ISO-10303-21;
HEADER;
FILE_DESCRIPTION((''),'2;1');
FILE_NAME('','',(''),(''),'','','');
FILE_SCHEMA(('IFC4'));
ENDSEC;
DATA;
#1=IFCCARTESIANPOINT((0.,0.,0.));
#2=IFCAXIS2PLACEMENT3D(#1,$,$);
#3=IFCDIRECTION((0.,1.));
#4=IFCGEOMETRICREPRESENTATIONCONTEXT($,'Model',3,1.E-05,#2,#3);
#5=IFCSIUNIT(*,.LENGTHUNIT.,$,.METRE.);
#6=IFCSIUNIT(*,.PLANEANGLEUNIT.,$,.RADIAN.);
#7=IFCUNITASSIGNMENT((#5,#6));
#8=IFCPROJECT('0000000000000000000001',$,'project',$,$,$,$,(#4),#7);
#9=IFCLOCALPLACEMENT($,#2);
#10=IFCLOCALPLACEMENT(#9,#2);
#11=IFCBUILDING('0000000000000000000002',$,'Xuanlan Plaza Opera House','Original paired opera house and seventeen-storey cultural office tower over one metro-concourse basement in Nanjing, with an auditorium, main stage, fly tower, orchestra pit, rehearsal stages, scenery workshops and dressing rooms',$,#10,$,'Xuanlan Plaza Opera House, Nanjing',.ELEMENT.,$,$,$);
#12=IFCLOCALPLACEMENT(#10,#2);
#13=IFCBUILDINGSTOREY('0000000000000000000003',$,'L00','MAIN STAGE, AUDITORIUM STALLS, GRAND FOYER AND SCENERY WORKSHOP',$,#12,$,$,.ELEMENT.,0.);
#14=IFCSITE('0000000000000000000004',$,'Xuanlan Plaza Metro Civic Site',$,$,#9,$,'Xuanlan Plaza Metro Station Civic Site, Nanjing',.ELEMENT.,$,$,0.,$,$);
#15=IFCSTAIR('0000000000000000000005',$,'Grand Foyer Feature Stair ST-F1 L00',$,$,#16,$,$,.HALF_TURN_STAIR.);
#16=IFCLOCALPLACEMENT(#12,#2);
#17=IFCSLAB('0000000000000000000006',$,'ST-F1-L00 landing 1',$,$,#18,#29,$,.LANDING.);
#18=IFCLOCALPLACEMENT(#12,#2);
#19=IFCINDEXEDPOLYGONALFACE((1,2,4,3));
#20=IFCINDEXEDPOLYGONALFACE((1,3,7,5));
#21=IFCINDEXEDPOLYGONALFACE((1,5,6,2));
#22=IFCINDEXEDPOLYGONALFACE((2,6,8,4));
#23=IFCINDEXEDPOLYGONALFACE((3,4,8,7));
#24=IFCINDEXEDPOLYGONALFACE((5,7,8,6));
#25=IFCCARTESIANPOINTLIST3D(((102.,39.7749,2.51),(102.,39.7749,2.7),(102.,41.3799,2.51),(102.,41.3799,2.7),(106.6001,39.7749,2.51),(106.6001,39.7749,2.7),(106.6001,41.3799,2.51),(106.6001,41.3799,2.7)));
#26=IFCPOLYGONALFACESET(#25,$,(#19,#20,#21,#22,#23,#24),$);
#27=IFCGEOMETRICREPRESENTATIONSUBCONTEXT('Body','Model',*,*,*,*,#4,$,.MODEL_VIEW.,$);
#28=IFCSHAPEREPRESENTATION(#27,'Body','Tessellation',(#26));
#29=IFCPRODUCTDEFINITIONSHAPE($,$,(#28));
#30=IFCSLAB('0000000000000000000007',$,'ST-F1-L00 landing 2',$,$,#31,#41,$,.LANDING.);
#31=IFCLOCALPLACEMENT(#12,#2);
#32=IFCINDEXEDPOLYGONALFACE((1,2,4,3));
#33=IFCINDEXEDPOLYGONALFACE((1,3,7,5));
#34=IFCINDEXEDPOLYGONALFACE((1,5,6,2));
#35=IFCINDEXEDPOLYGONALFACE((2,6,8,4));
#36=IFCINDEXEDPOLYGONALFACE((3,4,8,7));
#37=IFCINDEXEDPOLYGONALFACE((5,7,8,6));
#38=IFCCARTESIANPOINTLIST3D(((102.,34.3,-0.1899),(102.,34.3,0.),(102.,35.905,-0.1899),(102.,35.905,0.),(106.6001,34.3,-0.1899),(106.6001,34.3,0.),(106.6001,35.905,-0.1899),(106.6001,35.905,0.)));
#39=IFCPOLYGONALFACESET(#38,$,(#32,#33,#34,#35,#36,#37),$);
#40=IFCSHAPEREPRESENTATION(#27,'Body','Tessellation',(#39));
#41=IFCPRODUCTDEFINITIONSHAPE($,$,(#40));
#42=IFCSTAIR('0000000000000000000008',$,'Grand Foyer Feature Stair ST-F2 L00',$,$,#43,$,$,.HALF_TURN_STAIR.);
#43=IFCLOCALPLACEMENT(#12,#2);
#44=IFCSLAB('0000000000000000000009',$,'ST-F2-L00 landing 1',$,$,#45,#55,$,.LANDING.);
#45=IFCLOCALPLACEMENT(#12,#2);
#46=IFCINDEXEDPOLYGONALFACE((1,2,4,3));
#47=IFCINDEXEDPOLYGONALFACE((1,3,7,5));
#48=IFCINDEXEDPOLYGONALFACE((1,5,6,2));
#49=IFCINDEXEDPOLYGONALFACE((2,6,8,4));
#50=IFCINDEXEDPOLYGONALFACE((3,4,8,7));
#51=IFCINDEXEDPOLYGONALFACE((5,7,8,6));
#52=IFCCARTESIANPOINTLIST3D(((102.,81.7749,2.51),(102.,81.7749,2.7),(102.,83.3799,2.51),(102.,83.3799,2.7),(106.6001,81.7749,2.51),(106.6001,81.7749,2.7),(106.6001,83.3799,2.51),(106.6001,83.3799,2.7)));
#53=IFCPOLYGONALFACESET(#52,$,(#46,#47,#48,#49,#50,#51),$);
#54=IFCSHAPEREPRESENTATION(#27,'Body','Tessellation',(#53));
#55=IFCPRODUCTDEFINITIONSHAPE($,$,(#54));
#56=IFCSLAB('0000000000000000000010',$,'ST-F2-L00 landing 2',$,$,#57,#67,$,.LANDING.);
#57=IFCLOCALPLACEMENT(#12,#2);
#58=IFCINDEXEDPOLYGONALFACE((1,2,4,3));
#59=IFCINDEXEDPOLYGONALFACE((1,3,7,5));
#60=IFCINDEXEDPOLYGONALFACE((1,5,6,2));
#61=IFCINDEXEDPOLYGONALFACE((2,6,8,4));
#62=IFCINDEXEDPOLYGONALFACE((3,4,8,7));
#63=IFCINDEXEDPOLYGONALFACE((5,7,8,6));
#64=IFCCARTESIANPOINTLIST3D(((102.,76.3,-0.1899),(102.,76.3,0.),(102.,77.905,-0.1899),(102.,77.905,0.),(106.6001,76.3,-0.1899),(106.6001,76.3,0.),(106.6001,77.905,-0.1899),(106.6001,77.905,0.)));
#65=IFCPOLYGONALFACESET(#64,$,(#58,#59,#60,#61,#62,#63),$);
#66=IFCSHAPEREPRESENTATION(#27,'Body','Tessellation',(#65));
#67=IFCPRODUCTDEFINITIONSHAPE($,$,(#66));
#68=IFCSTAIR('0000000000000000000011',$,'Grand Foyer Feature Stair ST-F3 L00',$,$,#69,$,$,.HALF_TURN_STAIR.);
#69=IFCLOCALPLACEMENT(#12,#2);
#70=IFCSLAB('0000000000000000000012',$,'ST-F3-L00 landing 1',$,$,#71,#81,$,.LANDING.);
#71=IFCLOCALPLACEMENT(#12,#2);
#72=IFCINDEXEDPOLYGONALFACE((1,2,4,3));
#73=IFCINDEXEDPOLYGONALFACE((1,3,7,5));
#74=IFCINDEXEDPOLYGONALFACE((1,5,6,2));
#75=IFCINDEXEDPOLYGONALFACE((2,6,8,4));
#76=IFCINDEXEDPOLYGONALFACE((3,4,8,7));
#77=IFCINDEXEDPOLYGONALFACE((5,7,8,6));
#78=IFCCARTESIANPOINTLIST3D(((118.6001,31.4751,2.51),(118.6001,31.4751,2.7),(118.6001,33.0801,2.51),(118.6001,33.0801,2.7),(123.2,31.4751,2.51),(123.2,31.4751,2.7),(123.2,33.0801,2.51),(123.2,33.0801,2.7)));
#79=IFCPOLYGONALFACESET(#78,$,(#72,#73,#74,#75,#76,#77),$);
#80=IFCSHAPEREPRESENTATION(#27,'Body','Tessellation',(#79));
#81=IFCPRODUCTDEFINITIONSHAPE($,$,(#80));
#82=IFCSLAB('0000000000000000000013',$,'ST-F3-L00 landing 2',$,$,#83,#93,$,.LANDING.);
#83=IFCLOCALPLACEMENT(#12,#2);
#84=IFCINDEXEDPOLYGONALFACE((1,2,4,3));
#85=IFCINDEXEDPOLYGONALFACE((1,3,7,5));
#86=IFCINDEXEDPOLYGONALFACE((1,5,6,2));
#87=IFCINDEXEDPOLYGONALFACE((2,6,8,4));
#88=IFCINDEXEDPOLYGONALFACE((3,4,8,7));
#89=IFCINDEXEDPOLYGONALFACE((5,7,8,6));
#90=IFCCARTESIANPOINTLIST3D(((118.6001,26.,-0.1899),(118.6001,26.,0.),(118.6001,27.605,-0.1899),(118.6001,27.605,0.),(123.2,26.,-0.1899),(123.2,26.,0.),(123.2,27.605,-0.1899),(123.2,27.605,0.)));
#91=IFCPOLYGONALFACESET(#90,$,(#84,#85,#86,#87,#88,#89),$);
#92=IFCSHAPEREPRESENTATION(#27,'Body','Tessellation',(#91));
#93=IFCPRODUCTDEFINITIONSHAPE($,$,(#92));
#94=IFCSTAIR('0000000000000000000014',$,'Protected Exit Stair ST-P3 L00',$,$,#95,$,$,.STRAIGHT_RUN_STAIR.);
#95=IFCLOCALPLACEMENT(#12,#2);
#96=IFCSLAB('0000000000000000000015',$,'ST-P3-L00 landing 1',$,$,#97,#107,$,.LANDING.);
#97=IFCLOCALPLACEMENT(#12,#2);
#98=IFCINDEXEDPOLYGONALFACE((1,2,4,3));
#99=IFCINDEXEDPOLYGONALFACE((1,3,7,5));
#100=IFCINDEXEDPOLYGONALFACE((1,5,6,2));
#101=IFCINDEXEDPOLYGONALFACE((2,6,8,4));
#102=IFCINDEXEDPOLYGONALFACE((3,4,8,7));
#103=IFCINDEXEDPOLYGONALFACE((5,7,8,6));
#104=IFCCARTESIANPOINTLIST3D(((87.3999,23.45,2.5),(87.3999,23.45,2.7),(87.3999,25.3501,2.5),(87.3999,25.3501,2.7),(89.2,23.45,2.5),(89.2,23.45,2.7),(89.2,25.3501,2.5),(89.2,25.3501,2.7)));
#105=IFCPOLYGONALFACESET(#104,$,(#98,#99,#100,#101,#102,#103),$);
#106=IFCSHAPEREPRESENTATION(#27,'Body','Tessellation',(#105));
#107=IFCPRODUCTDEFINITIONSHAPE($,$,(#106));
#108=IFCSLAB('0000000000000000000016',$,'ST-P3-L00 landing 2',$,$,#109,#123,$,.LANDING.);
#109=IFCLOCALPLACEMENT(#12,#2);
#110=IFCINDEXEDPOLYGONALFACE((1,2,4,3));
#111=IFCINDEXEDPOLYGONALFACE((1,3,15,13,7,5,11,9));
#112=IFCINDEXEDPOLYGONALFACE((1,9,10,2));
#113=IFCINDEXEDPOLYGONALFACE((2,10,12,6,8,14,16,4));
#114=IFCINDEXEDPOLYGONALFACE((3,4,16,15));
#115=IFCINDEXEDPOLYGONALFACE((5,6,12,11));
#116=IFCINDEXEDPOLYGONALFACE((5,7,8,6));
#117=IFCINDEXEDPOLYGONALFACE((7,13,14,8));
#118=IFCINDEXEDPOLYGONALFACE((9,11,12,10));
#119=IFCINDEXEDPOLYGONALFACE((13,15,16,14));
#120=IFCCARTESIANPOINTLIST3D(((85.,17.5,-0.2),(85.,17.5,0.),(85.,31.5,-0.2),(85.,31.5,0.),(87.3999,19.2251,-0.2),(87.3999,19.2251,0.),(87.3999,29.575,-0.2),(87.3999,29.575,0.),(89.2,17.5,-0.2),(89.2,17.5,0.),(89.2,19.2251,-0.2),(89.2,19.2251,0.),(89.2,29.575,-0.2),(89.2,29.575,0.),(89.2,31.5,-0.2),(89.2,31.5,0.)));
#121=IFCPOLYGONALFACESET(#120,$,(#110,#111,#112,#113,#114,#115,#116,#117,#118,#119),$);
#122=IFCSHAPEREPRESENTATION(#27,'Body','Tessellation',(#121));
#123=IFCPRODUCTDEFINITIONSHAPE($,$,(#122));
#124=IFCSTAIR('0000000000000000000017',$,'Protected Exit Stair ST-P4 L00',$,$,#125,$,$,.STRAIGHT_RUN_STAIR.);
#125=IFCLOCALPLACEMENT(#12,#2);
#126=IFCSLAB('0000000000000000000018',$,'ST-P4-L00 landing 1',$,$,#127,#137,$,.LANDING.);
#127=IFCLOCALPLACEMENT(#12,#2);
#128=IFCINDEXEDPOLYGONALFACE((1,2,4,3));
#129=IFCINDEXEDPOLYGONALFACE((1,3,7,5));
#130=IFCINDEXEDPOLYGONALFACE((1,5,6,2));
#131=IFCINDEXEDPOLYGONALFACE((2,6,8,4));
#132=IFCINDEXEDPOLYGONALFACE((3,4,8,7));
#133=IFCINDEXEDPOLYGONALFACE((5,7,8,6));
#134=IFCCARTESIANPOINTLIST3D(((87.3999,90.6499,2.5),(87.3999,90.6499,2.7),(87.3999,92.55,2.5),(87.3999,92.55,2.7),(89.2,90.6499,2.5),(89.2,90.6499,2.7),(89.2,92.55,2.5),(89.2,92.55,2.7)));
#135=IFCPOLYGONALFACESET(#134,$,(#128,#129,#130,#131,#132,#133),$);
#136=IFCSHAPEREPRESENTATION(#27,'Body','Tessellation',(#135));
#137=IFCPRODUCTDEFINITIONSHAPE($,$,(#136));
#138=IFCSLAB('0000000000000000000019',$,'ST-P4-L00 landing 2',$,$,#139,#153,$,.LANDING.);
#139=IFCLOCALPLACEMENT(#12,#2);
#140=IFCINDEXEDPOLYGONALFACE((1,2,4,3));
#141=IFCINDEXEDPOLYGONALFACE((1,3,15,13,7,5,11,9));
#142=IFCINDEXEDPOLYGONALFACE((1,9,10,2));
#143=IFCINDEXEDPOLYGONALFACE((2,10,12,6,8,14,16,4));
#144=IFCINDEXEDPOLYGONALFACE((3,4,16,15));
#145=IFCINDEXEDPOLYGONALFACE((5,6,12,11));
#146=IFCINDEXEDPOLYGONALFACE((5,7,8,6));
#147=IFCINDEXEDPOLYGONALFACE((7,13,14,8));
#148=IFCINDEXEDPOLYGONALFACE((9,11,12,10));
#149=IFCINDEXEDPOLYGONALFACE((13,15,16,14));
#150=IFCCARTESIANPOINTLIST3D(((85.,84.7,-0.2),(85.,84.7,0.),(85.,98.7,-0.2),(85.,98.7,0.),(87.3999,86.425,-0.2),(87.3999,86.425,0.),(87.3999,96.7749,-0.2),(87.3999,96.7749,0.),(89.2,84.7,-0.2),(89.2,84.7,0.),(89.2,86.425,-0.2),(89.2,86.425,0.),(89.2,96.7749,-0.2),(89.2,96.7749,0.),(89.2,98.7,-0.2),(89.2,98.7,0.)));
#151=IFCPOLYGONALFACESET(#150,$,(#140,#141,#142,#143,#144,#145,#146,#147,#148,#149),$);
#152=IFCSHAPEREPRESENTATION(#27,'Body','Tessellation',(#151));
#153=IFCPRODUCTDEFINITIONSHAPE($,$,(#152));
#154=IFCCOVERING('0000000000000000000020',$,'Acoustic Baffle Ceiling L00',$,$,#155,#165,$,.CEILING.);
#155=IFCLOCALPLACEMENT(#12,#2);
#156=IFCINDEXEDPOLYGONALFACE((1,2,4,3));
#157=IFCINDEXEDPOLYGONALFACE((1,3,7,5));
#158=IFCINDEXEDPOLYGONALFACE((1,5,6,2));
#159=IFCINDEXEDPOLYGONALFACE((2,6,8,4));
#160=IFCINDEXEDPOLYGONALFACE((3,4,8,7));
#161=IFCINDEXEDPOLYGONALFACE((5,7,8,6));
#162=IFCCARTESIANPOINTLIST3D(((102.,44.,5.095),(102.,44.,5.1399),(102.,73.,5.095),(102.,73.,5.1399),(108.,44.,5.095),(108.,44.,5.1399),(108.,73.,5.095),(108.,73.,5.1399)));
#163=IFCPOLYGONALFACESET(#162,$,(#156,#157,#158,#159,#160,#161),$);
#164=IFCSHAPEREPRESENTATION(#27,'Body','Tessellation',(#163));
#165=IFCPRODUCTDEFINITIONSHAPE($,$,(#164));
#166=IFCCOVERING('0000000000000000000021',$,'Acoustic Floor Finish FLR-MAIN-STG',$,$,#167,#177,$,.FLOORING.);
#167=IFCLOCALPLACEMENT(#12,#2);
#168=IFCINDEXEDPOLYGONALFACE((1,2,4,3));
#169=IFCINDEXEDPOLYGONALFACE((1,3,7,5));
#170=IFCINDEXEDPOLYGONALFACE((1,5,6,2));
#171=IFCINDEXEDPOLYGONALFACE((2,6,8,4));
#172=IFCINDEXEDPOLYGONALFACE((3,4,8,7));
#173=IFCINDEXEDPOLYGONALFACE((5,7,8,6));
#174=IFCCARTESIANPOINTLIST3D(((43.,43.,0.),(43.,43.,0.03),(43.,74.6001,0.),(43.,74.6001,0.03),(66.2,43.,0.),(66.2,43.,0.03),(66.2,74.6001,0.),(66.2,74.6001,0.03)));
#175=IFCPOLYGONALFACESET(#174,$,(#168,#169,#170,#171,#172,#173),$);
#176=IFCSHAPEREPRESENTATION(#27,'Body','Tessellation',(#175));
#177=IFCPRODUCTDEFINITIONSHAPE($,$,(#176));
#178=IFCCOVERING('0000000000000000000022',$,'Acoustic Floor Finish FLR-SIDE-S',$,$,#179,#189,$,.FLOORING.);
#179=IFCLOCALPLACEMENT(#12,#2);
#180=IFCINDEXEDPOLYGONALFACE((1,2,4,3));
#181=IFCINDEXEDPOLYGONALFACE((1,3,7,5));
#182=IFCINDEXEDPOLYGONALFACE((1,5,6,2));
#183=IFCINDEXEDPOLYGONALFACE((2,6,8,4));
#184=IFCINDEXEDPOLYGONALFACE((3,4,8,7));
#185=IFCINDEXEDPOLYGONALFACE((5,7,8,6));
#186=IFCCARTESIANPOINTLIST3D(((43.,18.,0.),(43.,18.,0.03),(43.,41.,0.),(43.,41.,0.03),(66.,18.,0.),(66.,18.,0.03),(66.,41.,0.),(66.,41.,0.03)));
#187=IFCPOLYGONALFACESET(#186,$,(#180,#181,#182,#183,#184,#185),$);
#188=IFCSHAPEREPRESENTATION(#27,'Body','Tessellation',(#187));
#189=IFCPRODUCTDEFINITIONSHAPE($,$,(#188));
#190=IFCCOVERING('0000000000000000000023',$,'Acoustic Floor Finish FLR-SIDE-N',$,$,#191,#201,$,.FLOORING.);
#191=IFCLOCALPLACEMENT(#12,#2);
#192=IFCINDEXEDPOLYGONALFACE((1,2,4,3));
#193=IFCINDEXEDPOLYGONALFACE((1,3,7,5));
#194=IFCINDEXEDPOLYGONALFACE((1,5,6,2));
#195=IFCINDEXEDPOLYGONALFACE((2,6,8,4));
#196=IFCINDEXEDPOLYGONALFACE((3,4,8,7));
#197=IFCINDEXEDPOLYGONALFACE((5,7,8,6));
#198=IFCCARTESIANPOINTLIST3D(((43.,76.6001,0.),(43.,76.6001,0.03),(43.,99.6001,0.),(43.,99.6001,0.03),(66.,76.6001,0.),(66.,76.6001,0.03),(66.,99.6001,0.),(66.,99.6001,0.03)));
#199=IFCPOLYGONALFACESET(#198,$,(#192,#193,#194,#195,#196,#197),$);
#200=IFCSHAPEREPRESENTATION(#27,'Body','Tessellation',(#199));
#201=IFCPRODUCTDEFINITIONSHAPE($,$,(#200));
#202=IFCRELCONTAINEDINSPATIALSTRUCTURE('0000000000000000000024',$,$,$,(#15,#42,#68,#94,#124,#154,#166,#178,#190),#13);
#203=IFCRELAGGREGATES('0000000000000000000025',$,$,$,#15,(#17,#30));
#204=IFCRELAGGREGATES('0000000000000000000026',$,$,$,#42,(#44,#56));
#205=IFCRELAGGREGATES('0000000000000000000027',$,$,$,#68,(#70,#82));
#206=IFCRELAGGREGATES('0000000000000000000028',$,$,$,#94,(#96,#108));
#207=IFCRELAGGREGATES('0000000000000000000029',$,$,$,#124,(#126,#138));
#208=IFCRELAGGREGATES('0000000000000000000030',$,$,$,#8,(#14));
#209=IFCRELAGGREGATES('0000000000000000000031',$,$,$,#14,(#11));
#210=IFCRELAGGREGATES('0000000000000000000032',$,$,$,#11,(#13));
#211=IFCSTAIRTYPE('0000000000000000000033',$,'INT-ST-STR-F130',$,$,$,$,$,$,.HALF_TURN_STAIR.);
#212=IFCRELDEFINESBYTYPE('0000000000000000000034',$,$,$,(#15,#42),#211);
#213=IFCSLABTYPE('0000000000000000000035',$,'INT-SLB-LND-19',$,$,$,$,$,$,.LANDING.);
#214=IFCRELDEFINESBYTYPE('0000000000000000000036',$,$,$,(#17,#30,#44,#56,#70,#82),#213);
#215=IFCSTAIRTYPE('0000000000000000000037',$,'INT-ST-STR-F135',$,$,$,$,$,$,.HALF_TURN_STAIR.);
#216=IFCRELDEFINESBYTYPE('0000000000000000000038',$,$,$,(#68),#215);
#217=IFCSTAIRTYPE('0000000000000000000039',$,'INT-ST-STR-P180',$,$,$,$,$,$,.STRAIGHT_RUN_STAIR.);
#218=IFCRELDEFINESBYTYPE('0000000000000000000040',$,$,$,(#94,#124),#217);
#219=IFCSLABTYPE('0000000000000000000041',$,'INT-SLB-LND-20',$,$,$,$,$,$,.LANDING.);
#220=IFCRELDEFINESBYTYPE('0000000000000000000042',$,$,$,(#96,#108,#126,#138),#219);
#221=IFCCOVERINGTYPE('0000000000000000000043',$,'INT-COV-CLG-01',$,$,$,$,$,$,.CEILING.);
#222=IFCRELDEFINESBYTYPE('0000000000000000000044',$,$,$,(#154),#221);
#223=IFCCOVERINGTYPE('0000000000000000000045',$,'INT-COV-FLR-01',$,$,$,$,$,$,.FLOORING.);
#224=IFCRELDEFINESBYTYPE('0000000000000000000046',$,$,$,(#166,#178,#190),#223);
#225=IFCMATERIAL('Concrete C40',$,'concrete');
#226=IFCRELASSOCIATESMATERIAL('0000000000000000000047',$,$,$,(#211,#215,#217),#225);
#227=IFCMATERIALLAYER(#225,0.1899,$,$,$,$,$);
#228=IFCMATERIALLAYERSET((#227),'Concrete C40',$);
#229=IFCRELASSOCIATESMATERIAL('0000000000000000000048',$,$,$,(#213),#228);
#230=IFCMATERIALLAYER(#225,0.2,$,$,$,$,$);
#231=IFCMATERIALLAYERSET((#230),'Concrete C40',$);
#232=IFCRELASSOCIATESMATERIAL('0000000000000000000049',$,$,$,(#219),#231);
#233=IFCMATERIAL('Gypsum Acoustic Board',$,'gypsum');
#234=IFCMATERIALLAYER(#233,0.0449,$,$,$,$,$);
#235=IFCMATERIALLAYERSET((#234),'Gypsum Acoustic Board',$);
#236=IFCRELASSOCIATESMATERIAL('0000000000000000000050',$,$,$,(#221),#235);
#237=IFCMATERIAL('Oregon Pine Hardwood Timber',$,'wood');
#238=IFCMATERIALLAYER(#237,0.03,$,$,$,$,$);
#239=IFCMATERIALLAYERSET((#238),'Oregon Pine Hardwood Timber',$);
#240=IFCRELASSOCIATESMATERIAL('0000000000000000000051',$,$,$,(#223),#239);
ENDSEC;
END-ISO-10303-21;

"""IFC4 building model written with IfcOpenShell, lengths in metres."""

from ifc_helpers import new_model, si_unit, direction, frame, origin, place, context, subcontext, project, spatial, polyline, outline, extrude, material, layer, layer_set, type_object, element, aggregate, save


model = new_model("IFC4")

# Units and contexts
model_context = context("Model", 3, precision=1e-05, world=origin(), true_north=direction((0.0, 1.0)))
body_context = subcontext(model_context, "Body", "Model", "MODEL_VIEW")
ifc_project = project(units=[si_unit("LENGTHUNIT", "METRE"), si_unit("PLANEANGLEUNIT", "RADIAN")], contexts=[model_context])

# Site, building, storey
site_placement = place(None, origin())
site = spatial("IfcSite", under=ifc_project, at=site_placement, Name="Xuanlan Plaza Metro Civic Site", LongName="Xuanlan Plaza Metro Station Civic Site, Nanjing", CompositionType="ELEMENT", RefElevation=0.0)
building_placement = place(site_placement, origin())
building = spatial("IfcBuilding", under=site, at=building_placement, Name="Xuanlan Plaza Opera House", Description="Original paired opera house and seventeen-storey cultural office tower over one metro-concourse basement in Nanjing, with an auditorium, main stage, fly tower, orchestra pit, rehearsal stages, scenery workshops and dressing rooms", LongName="Xuanlan Plaza Opera House, Nanjing", CompositionType="ELEMENT")
storey_placement = place(building_placement, origin())
storey = spatial("IfcBuildingStorey", under=building, at=storey_placement, Name="L00", Description="MAIN STAGE, AUDITORIUM STALLS, GRAND FOYER AND SCENERY WORKSHOP", CompositionType="ELEMENT", Elevation=0.0)

# Shared definitions
ifc_material_1 = material(Name="Concrete C40", Category="concrete")

# Stairs, slabs
stair_type_1 = type_object("IfcStairType", Name="INT-ST-STR-F130", PredefinedType="HALF_TURN_STAIR", material=ifc_material_1)
stair_1_placement = place(storey_placement, origin())
stair_1 = element("IfcStair", 1, at=stair_1_placement, inside=storey, type_object=stair_type_1, Name="Grand Foyer Feature Stair ST-F1 L00", PredefinedType="HALF_TURN_STAIR")
ifc_layer_1 = layer(ifc_material_1, 0.1899)
ifc_layer_set_1 = layer_set([ifc_layer_1], Name="Concrete C40")
slab_type_1 = type_object("IfcSlabType", Name="INT-SLB-LND-19", PredefinedType="LANDING", material=ifc_layer_set_1)
slab_1_placement = place(storey_placement, frame((0.0, 0.0, 2.51)))
slab_1 = element("IfcSlab", 2, at=slab_1_placement, type_object=slab_type_1, Name="ST-F1-L00 landing 1", PredefinedType="LANDING", context=body_context, shape_type="SweptSolid", body=[
    extrude(outline(polyline([(102.0, 39.7749), (106.6001, 39.7749), (106.6001, 41.3799), (102.0, 41.3799), (102.0, 39.7749)])), origin(), (0.0, 0.0, 1.0), 0.1899),
])
slab_2_placement = place(storey_placement, frame((0.0, 0.0, -0.1899)))
slab_2 = element("IfcSlab", 3, at=slab_2_placement, type_object=slab_type_1, Name="ST-F1-L00 landing 2", PredefinedType="LANDING", context=body_context, shape_type="SweptSolid", body=[
    extrude(outline(polyline([(102.0, 34.3), (106.6001, 34.3), (106.6001, 35.905), (102.0, 35.905), (102.0, 34.3)])), origin(), (0.0, 0.0, 1.0), 0.1899),
])
aggregate(stair_1, [slab_1, slab_2])
stair_2_placement = place(storey_placement, origin())
stair_2 = element("IfcStair", 4, at=stair_2_placement, inside=storey, type_object=stair_type_1, Name="Grand Foyer Feature Stair ST-F2 L00", PredefinedType="HALF_TURN_STAIR")
slab_3_placement = place(storey_placement, frame((0.0, 0.0, 2.51)))
slab_3 = element("IfcSlab", 5, at=slab_3_placement, type_object=slab_type_1, Name="ST-F2-L00 landing 1", PredefinedType="LANDING", context=body_context, shape_type="SweptSolid", body=[
    extrude(outline(polyline([(102.0, 81.7749), (106.6001, 81.7749), (106.6001, 83.3799), (102.0, 83.3799), (102.0, 81.7749)])), origin(), (0.0, 0.0, 1.0), 0.1899),
])
slab_4_placement = place(storey_placement, frame((0.0, 0.0, -0.1899)))
slab_4 = element("IfcSlab", 6, at=slab_4_placement, type_object=slab_type_1, Name="ST-F2-L00 landing 2", PredefinedType="LANDING", context=body_context, shape_type="SweptSolid", body=[
    extrude(outline(polyline([(102.0, 76.3), (106.6001, 76.3), (106.6001, 77.905), (102.0, 77.905), (102.0, 76.3)])), origin(), (0.0, 0.0, 1.0), 0.1899),
])
aggregate(stair_2, [slab_3, slab_4])
stair_type_2 = type_object("IfcStairType", Name="INT-ST-STR-F135", PredefinedType="HALF_TURN_STAIR", material=ifc_material_1)
stair_3_placement = place(storey_placement, origin())
stair_3 = element("IfcStair", 7, at=stair_3_placement, inside=storey, type_object=stair_type_2, Name="Grand Foyer Feature Stair ST-F3 L00", PredefinedType="HALF_TURN_STAIR")
slab_5_placement = place(storey_placement, frame((0.0, 0.0, 2.51)))
slab_5 = element("IfcSlab", 8, at=slab_5_placement, type_object=slab_type_1, Name="ST-F3-L00 landing 1", PredefinedType="LANDING", context=body_context, shape_type="SweptSolid", body=[
    extrude(outline(polyline([(118.6001, 31.4751), (123.2, 31.4751), (123.2, 33.0801), (118.6001, 33.0801), (118.6001, 31.4751)])), origin(), (0.0, 0.0, 1.0), 0.1899),
])
slab_6_placement = place(storey_placement, frame((0.0, 0.0, -0.1899)))
slab_6 = element("IfcSlab", 9, at=slab_6_placement, type_object=slab_type_1, Name="ST-F3-L00 landing 2", PredefinedType="LANDING", context=body_context, shape_type="SweptSolid", body=[
    extrude(outline(polyline([(118.6001, 26.0), (123.2, 26.0), (123.2, 27.605), (118.6001, 27.605), (118.6001, 26.0)])), origin(), (0.0, 0.0, 1.0), 0.1899),
])
aggregate(stair_3, [slab_5, slab_6])
stair_type_3 = type_object("IfcStairType", Name="INT-ST-STR-P180", PredefinedType="STRAIGHT_RUN_STAIR", material=ifc_material_1)
stair_4_placement = place(storey_placement, origin())
stair_4 = element("IfcStair", 10, at=stair_4_placement, inside=storey, type_object=stair_type_3, Name="Protected Exit Stair ST-P3 L00", PredefinedType="STRAIGHT_RUN_STAIR")
ifc_layer_2 = layer(ifc_material_1, 0.2)
ifc_layer_set_2 = layer_set([ifc_layer_2], Name="Concrete C40")
slab_type_2 = type_object("IfcSlabType", Name="INT-SLB-LND-20", PredefinedType="LANDING", material=ifc_layer_set_2)
slab_7_placement = place(storey_placement, frame((0.0, 0.0, 2.5)))
slab_7 = element("IfcSlab", 11, at=slab_7_placement, type_object=slab_type_2, Name="ST-P3-L00 landing 1", PredefinedType="LANDING", context=body_context, shape_type="SweptSolid", body=[
    extrude(outline(polyline([(87.3999, 23.45), (89.2, 23.45), (89.2, 25.3501), (87.3999, 25.3501), (87.3999, 23.45)])), origin(), (0.0, 0.0, 1.0), 0.2),
])
slab_8_placement = place(storey_placement, frame((0.0, 0.0, -0.2)))
slab_8 = element("IfcSlab", 12, at=slab_8_placement, type_object=slab_type_2, Name="ST-P3-L00 landing 2", PredefinedType="LANDING", context=body_context, shape_type="SweptSolid", body=[
    extrude(outline(polyline([(85.0, 17.5), (89.2, 17.5), (89.2, 19.2251), (87.3999, 19.2251), (87.3999, 29.575), (89.2, 29.575), (89.2, 31.5), (85.0, 31.5), (85.0, 17.5)])), origin(), (0.0, 0.0, 1.0), 0.2),
])
aggregate(stair_4, [slab_7, slab_8])
stair_5_placement = place(storey_placement, origin())
stair_5 = element("IfcStair", 13, at=stair_5_placement, inside=storey, type_object=stair_type_3, Name="Protected Exit Stair ST-P4 L00", PredefinedType="STRAIGHT_RUN_STAIR")
slab_9_placement = place(storey_placement, frame((0.0, 0.0, 2.5)))
slab_9 = element("IfcSlab", 14, at=slab_9_placement, type_object=slab_type_2, Name="ST-P4-L00 landing 1", PredefinedType="LANDING", context=body_context, shape_type="SweptSolid", body=[
    extrude(outline(polyline([(87.3999, 90.6499), (89.2, 90.6499), (89.2, 92.55), (87.3999, 92.55), (87.3999, 90.6499)])), origin(), (0.0, 0.0, 1.0), 0.2),
])
slab_10_placement = place(storey_placement, frame((0.0, 0.0, -0.2)))
slab_10 = element("IfcSlab", 15, at=slab_10_placement, type_object=slab_type_2, Name="ST-P4-L00 landing 2", PredefinedType="LANDING", context=body_context, shape_type="SweptSolid", body=[
    extrude(outline(polyline([(85.0, 84.7), (89.2, 84.7), (89.2, 86.425), (87.3999, 86.425), (87.3999, 96.7749), (89.2, 96.7749), (89.2, 98.7), (85.0, 98.7), (85.0, 84.7)])), origin(), (0.0, 0.0, 1.0), 0.2),
])
aggregate(stair_5, [slab_9, slab_10])

# Coverings
ifc_material_2 = material(Name="Gypsum Acoustic Board", Category="gypsum")
ifc_layer_3 = layer(ifc_material_2, 0.0449)
ifc_layer_set_3 = layer_set([ifc_layer_3], Name="Gypsum Acoustic Board")
covering_type_1 = type_object("IfcCoveringType", Name="INT-COV-CLG-01", PredefinedType="CEILING", material=ifc_layer_set_3)
covering_1_placement = place(storey_placement, frame((0.0, 0.0, 5.095)))
element("IfcCovering", 16, at=covering_1_placement, inside=storey, type_object=covering_type_1, Name="Acoustic Baffle Ceiling L00", PredefinedType="CEILING", context=body_context, shape_type="SweptSolid", body=[
    extrude(outline(polyline([(102.0, 44.0), (108.0, 44.0), (108.0, 73.0), (102.0, 73.0), (102.0, 44.0)])), origin(), (0.0, 0.0, 1.0), 0.0449),
])
ifc_material_3 = material(Name="Oregon Pine Hardwood Timber", Category="wood")
ifc_layer_4 = layer(ifc_material_3, 0.03)
ifc_layer_set_4 = layer_set([ifc_layer_4], Name="Oregon Pine Hardwood Timber")
covering_type_2 = type_object("IfcCoveringType", Name="INT-COV-FLR-01", PredefinedType="FLOORING", material=ifc_layer_set_4)
covering_2_placement = place(storey_placement, origin())
element("IfcCovering", 17, at=covering_2_placement, inside=storey, type_object=covering_type_2, Name="Acoustic Floor Finish FLR-MAIN-STG", PredefinedType="FLOORING", context=body_context, shape_type="SweptSolid", body=[
    extrude(outline(polyline([(43.0, 43.0), (66.2, 43.0), (66.2, 74.6001), (43.0, 74.6001), (43.0, 43.0)])), origin(), (0.0, 0.0, 1.0), 0.03),
])
covering_3_placement = place(storey_placement, origin())
element("IfcCovering", 18, at=covering_3_placement, inside=storey, type_object=covering_type_2, Name="Acoustic Floor Finish FLR-SIDE-S", PredefinedType="FLOORING", context=body_context, shape_type="SweptSolid", body=[
    extrude(outline(polyline([(43.0, 18.0), (66.0, 18.0), (66.0, 41.0), (43.0, 41.0), (43.0, 18.0)])), origin(), (0.0, 0.0, 1.0), 0.03),
])
covering_4_placement = place(storey_placement, origin())
element("IfcCovering", 19, at=covering_4_placement, inside=storey, type_object=covering_type_2, Name="Acoustic Floor Finish FLR-SIDE-N", PredefinedType="FLOORING", context=body_context, shape_type="SweptSolid", body=[
    extrude(outline(polyline([(43.0, 76.6001), (66.0, 76.6001), (66.0, 99.6001), (43.0, 99.6001), (43.0, 76.6001)])), origin(), (0.0, 0.0, 1.0), 0.03),
])

save(model, "model.ifc")
